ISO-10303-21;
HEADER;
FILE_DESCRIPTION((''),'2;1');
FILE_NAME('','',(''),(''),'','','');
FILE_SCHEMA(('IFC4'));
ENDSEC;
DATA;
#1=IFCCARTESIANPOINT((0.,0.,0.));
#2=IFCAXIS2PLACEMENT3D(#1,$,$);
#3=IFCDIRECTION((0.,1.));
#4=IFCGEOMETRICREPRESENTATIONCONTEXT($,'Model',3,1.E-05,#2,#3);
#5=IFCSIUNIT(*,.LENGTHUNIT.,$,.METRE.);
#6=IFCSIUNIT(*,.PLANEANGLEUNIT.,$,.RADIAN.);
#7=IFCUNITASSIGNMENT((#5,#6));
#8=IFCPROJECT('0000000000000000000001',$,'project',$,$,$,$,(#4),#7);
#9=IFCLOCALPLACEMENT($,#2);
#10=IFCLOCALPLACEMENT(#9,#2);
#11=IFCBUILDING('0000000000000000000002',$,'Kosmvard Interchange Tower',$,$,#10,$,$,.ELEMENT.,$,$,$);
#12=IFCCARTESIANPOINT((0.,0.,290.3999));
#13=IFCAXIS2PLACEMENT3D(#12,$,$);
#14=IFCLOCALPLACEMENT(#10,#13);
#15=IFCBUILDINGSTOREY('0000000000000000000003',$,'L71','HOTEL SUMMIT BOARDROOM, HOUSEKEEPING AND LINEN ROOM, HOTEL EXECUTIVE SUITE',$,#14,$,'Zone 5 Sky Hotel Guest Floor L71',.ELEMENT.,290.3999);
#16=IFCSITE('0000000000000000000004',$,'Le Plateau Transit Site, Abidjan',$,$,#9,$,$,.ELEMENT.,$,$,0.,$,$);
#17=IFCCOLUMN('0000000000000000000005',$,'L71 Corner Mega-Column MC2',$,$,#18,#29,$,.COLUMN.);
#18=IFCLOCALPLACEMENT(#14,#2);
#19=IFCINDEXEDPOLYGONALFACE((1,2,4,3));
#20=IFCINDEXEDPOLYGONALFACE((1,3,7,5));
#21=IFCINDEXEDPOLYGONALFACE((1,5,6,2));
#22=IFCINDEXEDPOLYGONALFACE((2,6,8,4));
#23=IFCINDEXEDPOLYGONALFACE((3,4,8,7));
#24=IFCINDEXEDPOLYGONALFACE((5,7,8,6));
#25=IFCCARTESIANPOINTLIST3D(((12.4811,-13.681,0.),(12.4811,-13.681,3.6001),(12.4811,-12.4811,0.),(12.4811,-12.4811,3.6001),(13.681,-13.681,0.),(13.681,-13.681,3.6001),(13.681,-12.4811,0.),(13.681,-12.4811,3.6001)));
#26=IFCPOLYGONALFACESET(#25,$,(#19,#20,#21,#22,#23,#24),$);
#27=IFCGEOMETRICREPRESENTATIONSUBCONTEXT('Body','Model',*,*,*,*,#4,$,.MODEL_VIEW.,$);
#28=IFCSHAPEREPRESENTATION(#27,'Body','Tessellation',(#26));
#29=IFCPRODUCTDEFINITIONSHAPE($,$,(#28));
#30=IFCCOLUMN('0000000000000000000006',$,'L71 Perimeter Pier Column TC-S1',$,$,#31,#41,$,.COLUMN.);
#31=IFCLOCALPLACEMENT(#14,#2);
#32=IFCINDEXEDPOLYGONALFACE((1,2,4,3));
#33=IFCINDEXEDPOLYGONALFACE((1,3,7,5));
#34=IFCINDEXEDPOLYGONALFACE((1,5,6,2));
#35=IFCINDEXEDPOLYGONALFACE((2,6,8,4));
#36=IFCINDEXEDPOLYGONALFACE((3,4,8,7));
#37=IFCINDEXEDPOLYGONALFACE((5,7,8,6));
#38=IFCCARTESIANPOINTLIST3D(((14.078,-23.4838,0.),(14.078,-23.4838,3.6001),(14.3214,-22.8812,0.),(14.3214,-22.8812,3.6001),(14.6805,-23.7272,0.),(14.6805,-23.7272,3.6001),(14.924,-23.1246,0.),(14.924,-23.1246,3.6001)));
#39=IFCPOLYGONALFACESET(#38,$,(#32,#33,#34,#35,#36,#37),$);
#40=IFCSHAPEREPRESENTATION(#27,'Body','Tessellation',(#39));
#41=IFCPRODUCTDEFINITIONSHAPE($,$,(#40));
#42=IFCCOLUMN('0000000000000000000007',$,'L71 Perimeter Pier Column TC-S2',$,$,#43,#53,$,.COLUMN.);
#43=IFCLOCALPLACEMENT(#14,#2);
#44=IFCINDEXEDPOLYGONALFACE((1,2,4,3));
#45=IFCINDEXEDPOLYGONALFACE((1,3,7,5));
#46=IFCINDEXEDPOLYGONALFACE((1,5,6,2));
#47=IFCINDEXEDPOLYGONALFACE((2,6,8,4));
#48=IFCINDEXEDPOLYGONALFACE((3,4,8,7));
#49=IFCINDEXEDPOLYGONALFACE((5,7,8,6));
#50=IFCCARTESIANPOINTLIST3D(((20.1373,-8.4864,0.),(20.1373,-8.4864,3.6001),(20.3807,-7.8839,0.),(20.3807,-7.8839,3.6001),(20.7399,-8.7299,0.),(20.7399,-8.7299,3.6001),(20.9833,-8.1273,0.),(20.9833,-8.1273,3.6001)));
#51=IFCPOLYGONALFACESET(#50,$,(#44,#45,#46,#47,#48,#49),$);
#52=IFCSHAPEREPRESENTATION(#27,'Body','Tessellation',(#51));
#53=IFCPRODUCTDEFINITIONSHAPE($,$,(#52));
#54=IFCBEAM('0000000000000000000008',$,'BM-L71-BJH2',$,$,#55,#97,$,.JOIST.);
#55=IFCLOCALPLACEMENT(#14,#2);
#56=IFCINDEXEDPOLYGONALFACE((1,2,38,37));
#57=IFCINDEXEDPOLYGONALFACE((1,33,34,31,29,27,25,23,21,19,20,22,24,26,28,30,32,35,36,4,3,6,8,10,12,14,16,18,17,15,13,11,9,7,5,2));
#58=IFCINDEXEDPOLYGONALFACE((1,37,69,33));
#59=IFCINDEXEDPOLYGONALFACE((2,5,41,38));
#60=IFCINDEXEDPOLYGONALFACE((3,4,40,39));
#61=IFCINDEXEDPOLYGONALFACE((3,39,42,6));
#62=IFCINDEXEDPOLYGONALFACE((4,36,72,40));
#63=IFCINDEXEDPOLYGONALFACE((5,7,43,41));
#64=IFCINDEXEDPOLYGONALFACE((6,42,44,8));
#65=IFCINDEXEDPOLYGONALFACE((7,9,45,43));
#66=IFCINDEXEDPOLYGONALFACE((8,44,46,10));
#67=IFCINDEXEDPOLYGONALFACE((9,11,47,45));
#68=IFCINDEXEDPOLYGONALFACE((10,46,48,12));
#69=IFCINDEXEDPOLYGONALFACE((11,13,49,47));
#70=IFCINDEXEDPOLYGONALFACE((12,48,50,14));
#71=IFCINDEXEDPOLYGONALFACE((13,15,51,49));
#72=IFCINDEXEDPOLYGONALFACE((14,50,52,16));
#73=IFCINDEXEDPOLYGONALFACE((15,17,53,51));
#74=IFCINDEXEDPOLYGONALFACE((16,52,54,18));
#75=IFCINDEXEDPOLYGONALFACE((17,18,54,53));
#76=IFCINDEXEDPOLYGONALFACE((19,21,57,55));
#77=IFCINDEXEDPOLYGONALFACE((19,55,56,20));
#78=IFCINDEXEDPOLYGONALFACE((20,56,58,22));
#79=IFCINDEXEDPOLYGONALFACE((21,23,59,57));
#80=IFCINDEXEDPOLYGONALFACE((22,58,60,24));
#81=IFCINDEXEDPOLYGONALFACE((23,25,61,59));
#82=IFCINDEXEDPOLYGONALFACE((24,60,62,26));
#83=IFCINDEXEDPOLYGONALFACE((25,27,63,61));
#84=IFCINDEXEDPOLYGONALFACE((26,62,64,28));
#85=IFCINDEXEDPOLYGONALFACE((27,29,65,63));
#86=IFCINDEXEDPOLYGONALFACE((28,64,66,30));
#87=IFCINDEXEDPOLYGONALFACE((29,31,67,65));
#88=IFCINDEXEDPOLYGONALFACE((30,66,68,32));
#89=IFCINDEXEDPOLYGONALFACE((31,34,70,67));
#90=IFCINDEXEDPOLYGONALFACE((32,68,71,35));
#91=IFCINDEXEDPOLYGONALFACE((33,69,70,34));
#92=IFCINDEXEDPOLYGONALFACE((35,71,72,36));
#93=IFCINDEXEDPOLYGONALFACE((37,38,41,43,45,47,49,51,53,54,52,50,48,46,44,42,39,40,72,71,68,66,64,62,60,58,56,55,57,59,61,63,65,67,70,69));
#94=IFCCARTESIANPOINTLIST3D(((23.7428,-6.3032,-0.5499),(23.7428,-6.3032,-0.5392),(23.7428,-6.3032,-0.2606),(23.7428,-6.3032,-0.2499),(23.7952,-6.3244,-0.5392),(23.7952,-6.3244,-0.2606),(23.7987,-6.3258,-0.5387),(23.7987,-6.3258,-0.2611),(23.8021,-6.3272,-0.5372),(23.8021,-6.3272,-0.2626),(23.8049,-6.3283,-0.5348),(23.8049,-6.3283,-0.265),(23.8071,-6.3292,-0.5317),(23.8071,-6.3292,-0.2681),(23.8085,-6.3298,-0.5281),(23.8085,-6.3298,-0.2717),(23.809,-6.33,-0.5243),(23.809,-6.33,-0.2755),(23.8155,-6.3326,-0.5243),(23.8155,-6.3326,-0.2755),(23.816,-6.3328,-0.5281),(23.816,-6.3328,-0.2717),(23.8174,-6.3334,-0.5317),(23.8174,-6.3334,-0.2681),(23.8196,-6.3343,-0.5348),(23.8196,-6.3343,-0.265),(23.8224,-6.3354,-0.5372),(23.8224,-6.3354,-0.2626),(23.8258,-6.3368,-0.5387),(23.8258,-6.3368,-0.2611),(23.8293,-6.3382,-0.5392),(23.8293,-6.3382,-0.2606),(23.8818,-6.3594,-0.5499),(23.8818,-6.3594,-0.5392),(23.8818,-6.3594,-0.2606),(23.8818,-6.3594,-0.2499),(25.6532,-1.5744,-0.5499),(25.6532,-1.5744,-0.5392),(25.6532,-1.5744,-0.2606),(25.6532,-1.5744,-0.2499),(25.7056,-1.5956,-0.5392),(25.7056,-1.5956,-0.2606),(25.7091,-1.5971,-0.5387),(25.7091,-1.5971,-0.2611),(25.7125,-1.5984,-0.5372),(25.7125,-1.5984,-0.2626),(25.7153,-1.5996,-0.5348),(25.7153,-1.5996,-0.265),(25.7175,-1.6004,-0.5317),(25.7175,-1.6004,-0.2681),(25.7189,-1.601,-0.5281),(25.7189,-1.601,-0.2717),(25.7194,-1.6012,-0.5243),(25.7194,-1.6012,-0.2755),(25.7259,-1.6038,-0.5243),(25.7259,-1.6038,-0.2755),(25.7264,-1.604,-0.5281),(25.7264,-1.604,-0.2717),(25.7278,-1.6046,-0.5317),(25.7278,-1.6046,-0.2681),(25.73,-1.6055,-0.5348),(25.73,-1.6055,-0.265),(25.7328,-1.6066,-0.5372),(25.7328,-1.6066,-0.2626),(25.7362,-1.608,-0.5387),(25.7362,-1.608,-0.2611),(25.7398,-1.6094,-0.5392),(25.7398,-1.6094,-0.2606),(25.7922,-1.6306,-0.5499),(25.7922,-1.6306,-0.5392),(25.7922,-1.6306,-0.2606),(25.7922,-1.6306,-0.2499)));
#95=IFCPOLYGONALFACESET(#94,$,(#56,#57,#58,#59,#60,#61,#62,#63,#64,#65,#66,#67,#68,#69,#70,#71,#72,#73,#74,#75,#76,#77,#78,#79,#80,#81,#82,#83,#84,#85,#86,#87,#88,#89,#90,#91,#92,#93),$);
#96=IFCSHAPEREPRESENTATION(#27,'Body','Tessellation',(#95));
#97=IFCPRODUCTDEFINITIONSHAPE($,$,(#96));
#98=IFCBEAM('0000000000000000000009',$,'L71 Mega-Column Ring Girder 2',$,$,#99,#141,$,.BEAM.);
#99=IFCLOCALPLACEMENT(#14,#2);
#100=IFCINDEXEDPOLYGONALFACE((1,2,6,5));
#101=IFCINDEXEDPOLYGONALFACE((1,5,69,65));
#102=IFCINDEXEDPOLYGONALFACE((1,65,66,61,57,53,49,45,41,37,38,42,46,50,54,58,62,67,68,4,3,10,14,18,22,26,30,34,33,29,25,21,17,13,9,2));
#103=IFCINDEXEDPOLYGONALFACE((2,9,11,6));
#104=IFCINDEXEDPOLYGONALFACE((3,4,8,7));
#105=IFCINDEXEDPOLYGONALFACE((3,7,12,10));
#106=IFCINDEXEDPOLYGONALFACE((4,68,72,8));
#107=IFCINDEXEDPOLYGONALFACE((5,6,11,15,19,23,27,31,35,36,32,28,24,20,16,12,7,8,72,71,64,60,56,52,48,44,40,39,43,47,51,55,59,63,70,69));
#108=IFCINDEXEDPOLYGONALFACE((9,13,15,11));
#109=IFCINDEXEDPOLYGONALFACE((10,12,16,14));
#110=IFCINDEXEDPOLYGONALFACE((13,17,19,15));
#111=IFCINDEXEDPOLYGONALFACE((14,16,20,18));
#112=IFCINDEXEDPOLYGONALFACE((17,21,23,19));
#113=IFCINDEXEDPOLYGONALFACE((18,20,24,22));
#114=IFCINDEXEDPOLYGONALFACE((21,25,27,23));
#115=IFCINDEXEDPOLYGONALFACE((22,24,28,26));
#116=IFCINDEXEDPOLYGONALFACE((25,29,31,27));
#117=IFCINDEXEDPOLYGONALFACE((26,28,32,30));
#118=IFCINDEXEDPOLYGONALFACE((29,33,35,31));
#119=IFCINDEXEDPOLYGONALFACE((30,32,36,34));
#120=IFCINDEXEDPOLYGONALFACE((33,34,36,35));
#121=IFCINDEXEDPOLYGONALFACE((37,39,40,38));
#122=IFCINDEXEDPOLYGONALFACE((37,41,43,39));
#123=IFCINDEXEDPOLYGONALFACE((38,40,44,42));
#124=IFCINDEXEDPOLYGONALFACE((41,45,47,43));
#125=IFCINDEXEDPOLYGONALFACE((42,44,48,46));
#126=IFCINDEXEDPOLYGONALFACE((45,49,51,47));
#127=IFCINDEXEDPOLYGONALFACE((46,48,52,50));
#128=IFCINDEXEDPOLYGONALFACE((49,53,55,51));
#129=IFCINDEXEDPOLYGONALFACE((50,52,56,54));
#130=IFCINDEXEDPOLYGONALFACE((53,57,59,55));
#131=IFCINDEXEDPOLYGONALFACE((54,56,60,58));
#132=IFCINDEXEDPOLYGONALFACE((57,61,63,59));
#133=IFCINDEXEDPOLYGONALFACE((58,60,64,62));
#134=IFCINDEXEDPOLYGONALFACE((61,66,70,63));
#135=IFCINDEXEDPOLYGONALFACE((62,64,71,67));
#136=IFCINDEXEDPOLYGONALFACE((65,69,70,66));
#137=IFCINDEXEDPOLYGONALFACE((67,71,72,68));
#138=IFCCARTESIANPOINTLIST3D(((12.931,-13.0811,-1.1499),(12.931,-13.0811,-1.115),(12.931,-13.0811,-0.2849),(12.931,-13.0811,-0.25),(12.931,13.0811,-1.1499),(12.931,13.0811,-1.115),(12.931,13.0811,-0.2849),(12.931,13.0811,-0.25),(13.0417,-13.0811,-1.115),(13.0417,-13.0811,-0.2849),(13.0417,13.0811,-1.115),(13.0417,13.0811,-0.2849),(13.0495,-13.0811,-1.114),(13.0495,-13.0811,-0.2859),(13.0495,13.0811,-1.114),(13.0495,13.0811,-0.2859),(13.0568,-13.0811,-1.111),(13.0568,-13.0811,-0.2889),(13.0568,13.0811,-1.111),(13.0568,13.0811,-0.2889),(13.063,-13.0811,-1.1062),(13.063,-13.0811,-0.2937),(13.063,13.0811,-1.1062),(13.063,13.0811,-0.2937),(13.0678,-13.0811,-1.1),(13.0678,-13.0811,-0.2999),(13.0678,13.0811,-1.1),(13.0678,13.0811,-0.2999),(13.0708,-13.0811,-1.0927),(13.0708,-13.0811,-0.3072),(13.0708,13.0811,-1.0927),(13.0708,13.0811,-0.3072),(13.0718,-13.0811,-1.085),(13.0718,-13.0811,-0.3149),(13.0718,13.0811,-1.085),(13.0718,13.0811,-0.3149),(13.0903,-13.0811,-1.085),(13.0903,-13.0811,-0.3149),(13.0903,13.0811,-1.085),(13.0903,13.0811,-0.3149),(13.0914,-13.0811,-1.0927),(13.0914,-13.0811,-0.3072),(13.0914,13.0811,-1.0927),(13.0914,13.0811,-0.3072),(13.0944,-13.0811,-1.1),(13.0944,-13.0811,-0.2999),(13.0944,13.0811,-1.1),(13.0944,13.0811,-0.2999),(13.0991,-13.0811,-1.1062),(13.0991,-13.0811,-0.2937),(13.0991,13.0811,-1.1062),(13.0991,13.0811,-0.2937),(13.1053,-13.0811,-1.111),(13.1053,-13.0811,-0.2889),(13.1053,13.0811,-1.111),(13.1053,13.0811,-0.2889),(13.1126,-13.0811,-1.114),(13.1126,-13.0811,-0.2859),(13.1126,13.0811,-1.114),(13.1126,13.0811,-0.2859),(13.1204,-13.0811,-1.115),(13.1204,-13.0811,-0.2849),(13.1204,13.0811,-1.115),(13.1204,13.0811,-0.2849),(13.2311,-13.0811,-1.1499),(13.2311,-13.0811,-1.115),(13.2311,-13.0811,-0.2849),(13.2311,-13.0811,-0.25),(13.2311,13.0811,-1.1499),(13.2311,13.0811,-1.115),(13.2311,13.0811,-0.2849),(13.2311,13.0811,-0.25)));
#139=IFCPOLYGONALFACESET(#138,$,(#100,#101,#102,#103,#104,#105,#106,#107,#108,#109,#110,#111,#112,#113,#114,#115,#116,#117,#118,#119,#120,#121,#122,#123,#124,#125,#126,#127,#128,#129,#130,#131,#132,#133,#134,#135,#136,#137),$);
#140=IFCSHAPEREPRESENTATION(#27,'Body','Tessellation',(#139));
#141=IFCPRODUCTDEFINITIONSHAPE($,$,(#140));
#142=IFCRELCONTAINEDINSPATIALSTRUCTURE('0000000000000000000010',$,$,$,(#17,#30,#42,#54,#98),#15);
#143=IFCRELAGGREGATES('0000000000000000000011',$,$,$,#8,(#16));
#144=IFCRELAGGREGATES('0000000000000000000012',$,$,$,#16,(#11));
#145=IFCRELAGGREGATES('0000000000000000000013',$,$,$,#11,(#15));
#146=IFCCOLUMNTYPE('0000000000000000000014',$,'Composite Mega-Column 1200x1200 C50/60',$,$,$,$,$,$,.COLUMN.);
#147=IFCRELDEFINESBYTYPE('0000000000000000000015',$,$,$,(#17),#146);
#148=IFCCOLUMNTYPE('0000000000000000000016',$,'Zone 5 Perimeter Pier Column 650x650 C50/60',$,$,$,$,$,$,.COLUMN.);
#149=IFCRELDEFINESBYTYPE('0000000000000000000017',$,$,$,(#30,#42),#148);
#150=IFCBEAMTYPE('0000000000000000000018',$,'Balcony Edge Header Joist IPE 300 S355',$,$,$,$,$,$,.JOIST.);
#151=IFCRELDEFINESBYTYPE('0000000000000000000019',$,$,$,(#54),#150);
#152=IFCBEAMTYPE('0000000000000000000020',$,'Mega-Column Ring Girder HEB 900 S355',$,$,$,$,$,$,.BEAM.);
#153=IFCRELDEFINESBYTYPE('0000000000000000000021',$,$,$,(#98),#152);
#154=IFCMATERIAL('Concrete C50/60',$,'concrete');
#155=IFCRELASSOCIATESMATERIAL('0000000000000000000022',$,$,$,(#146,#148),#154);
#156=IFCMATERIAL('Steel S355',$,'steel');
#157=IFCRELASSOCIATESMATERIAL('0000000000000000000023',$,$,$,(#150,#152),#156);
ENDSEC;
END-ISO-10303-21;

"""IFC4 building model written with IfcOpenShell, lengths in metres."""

from ifc_helpers import new_model, si_unit, direction, frame, origin, origin_2d, place, context, subcontext, project, spatial, rectangle, i_section, extrude, source, transform, mapped, material, material_profile, profile_set, type_object, element, save


model = new_model("IFC4")

# Units and contexts
model_context = context("Model", 3, precision=1e-05, world=origin(), true_north=direction((0.0, 1.0)))
body_context = subcontext(model_context, "Body", "Model", "MODEL_VIEW")
ifc_project = project(units=[si_unit("LENGTHUNIT", "METRE"), si_unit("PLANEANGLEUNIT", "RADIAN")], contexts=[model_context])

# Site, building, storey
site_placement = place(None, origin())
site = spatial("IfcSite", under=ifc_project, at=site_placement, Name="Le Plateau Transit Site, Abidjan", CompositionType="ELEMENT", RefElevation=0.0)
building_placement = place(site_placement, origin())
building = spatial("IfcBuilding", under=site, at=building_placement, Name="Kosmvard Interchange Tower", CompositionType="ELEMENT")
storey_placement = place(building_placement, frame((0.0, 0.0, 290.3999)))
storey = spatial("IfcBuildingStorey", under=building, at=storey_placement, Name="L71", Description="HOTEL SUMMIT BOARDROOM, HOUSEKEEPING AND LINEN ROOM, HOTEL EXECUTIVE SUITE", LongName="Zone 5 Sky Hotel Guest Floor L71", CompositionType="ELEMENT", Elevation=290.3999)

# Columns
ifc_material_1 = material(Name="Concrete C50/60", Category="concrete")
ifc_material_profile_1 = material_profile(ifc_material_1, rectangle(XDim=1.2, YDim=1.2, at=origin_2d()), Name="MC 1200x1200")
ifc_profile_set_1 = profile_set([ifc_material_profile_1], Name="Concrete C50/60")
column_type_1 = type_object("IfcColumnType", Name="Composite Mega-Column 1200x1200 C50/60", PredefinedType="COLUMN", material=ifc_profile_set_1)
shared_shape_1 = source(origin(), body_context, "Body", "SweptSolid", [
    extrude(rectangle(XDim=1.2, YDim=1.2, at=origin_2d()), origin(), (0.0, 0.0, 1.0), 3.6001),
])
column_placement = place(storey_placement, frame((13.0811, -13.0811, 0.0), z_axis=(0.0, 0.0, 1.0), x_axis=(1.0, 0.0, 0.0)))
element("IfcColumn", 1, at=column_placement, inside=storey, type_object=column_type_1, Name="L71 Corner Mega-Column MC2", PredefinedType="COLUMN", context=body_context, shape_type="MappedRepresentation", body=[
    mapped(shared_shape_1, transform((0.0, 0.0, 0.0), scale=1.0)),
])
ifc_material_profile_2 = material_profile(ifc_material_1, rectangle(XDim=0.6499, YDim=0.6499, at=origin_2d()), Name="TC 650x650")
ifc_profile_set_2 = profile_set([ifc_material_profile_2], Name="Concrete C50/60")
column_type_2 = type_object("IfcColumnType", Name="Zone 5 Perimeter Pier Column 650x650 C50/60", PredefinedType="COLUMN", material=ifc_profile_set_2)
shared_shape_2 = source(origin(), body_context, "Body", "SweptSolid", [
    extrude(rectangle(XDim=0.6499, YDim=0.6499, at=origin_2d()), origin(), (0.0, 0.0, 1.0), 3.6001),
])
for number, where, z_axis, x_axis, name in (
    (2, (14.501, -23.3042, 0.0), (0.0, 0.0, 1.0), (0.374607, 0.927184, 0.0), "L71 Perimeter Pier Column TC-S1"),
    (3, (20.5603, -8.3069, 0.0), (0.0, 0.0, 1.0), (0.374607, 0.927184, 0.0), "L71 Perimeter Pier Column TC-S2"),
):
    element("IfcColumn", number, at=place(storey_placement, frame(where, z_axis=z_axis, x_axis=x_axis)), inside=storey, type_object=column_type_2, Name=name, PredefinedType="COLUMN", context=body_context, shape_type="MappedRepresentation", body=[
        mapped(shared_shape_2, transform((0.0, 0.0, 0.0), scale=1.0)),
    ])

# Beams
ifc_material_2 = material(Name="Steel S355", Category="steel")
ifc_material_profile_3 = material_profile(ifc_material_2, i_section(OverallWidth=0.1499, OverallDepth=0.3, WebThickness=0.0071, FlangeThickness=0.0107, FilletRadius=0.0149, at=origin_2d()), Name="IPE 300")
ifc_profile_set_3 = profile_set([ifc_material_profile_3], Name="Steel S355")
beam_type_1 = type_object("IfcBeamType", Name="Balcony Edge Header Joist IPE 300 S355", PredefinedType="JOIST", material=ifc_profile_set_3)
shared_shape_3 = source(origin(), body_context, "Body", "SweptSolid", [
    extrude(i_section(OverallWidth=0.1499, OverallDepth=0.3, WebThickness=0.0071, FlangeThickness=0.0107, FilletRadius=0.0149, at=origin_2d()), origin(), (0.0, 0.0, 1.0), 5.1001),
])
beam_1_placement = place(storey_placement, frame((23.8123, -6.3313, -0.3999), z_axis=(0.374583, 0.927194, 0.0), x_axis=(-0.927194, 0.374583, 0.0)))
element("IfcBeam", 4, at=beam_1_placement, inside=storey, type_object=beam_type_1, Name="BM-L71-BJH2", PredefinedType="JOIST", context=body_context, shape_type="MappedRepresentation", body=[
    mapped(shared_shape_3, transform((0.0, 0.0, 0.0), scale=1.0)),
])
ifc_material_profile_4 = material_profile(ifc_material_2, i_section(OverallWidth=0.3, OverallDepth=0.8999, WebThickness=0.0186, FlangeThickness=0.0349, FilletRadius=0.03, at=origin_2d()), Name="HEB 900")
ifc_profile_set_4 = profile_set([ifc_material_profile_4], Name="Steel S355")
beam_type_2 = type_object("IfcBeamType", Name="Mega-Column Ring Girder HEB 900 S355", PredefinedType="BEAM", material=ifc_profile_set_4)
shared_shape_4 = source(origin(), body_context, "Body", "SweptSolid", [
    extrude(i_section(OverallWidth=0.3, OverallDepth=0.8999, WebThickness=0.0186, FlangeThickness=0.0349, FilletRadius=0.03, at=origin_2d()), origin(), (0.0, 0.0, 1.0), 26.1621),
])
beam_2_placement = place(storey_placement, frame((13.0811, -13.0811, -0.7), z_axis=(0.0, 1.0, 0.0), x_axis=(-1.0, 0.0, 0.0)))
element("IfcBeam", 5, at=beam_2_placement, inside=storey, type_object=beam_type_2, Name="L71 Mega-Column Ring Girder 2", PredefinedType="BEAM", context=body_context, shape_type="MappedRepresentation", body=[
    mapped(shared_shape_4, transform((0.0, 0.0, 0.0), scale=1.0)),
])

save(model, "model.ifc")
